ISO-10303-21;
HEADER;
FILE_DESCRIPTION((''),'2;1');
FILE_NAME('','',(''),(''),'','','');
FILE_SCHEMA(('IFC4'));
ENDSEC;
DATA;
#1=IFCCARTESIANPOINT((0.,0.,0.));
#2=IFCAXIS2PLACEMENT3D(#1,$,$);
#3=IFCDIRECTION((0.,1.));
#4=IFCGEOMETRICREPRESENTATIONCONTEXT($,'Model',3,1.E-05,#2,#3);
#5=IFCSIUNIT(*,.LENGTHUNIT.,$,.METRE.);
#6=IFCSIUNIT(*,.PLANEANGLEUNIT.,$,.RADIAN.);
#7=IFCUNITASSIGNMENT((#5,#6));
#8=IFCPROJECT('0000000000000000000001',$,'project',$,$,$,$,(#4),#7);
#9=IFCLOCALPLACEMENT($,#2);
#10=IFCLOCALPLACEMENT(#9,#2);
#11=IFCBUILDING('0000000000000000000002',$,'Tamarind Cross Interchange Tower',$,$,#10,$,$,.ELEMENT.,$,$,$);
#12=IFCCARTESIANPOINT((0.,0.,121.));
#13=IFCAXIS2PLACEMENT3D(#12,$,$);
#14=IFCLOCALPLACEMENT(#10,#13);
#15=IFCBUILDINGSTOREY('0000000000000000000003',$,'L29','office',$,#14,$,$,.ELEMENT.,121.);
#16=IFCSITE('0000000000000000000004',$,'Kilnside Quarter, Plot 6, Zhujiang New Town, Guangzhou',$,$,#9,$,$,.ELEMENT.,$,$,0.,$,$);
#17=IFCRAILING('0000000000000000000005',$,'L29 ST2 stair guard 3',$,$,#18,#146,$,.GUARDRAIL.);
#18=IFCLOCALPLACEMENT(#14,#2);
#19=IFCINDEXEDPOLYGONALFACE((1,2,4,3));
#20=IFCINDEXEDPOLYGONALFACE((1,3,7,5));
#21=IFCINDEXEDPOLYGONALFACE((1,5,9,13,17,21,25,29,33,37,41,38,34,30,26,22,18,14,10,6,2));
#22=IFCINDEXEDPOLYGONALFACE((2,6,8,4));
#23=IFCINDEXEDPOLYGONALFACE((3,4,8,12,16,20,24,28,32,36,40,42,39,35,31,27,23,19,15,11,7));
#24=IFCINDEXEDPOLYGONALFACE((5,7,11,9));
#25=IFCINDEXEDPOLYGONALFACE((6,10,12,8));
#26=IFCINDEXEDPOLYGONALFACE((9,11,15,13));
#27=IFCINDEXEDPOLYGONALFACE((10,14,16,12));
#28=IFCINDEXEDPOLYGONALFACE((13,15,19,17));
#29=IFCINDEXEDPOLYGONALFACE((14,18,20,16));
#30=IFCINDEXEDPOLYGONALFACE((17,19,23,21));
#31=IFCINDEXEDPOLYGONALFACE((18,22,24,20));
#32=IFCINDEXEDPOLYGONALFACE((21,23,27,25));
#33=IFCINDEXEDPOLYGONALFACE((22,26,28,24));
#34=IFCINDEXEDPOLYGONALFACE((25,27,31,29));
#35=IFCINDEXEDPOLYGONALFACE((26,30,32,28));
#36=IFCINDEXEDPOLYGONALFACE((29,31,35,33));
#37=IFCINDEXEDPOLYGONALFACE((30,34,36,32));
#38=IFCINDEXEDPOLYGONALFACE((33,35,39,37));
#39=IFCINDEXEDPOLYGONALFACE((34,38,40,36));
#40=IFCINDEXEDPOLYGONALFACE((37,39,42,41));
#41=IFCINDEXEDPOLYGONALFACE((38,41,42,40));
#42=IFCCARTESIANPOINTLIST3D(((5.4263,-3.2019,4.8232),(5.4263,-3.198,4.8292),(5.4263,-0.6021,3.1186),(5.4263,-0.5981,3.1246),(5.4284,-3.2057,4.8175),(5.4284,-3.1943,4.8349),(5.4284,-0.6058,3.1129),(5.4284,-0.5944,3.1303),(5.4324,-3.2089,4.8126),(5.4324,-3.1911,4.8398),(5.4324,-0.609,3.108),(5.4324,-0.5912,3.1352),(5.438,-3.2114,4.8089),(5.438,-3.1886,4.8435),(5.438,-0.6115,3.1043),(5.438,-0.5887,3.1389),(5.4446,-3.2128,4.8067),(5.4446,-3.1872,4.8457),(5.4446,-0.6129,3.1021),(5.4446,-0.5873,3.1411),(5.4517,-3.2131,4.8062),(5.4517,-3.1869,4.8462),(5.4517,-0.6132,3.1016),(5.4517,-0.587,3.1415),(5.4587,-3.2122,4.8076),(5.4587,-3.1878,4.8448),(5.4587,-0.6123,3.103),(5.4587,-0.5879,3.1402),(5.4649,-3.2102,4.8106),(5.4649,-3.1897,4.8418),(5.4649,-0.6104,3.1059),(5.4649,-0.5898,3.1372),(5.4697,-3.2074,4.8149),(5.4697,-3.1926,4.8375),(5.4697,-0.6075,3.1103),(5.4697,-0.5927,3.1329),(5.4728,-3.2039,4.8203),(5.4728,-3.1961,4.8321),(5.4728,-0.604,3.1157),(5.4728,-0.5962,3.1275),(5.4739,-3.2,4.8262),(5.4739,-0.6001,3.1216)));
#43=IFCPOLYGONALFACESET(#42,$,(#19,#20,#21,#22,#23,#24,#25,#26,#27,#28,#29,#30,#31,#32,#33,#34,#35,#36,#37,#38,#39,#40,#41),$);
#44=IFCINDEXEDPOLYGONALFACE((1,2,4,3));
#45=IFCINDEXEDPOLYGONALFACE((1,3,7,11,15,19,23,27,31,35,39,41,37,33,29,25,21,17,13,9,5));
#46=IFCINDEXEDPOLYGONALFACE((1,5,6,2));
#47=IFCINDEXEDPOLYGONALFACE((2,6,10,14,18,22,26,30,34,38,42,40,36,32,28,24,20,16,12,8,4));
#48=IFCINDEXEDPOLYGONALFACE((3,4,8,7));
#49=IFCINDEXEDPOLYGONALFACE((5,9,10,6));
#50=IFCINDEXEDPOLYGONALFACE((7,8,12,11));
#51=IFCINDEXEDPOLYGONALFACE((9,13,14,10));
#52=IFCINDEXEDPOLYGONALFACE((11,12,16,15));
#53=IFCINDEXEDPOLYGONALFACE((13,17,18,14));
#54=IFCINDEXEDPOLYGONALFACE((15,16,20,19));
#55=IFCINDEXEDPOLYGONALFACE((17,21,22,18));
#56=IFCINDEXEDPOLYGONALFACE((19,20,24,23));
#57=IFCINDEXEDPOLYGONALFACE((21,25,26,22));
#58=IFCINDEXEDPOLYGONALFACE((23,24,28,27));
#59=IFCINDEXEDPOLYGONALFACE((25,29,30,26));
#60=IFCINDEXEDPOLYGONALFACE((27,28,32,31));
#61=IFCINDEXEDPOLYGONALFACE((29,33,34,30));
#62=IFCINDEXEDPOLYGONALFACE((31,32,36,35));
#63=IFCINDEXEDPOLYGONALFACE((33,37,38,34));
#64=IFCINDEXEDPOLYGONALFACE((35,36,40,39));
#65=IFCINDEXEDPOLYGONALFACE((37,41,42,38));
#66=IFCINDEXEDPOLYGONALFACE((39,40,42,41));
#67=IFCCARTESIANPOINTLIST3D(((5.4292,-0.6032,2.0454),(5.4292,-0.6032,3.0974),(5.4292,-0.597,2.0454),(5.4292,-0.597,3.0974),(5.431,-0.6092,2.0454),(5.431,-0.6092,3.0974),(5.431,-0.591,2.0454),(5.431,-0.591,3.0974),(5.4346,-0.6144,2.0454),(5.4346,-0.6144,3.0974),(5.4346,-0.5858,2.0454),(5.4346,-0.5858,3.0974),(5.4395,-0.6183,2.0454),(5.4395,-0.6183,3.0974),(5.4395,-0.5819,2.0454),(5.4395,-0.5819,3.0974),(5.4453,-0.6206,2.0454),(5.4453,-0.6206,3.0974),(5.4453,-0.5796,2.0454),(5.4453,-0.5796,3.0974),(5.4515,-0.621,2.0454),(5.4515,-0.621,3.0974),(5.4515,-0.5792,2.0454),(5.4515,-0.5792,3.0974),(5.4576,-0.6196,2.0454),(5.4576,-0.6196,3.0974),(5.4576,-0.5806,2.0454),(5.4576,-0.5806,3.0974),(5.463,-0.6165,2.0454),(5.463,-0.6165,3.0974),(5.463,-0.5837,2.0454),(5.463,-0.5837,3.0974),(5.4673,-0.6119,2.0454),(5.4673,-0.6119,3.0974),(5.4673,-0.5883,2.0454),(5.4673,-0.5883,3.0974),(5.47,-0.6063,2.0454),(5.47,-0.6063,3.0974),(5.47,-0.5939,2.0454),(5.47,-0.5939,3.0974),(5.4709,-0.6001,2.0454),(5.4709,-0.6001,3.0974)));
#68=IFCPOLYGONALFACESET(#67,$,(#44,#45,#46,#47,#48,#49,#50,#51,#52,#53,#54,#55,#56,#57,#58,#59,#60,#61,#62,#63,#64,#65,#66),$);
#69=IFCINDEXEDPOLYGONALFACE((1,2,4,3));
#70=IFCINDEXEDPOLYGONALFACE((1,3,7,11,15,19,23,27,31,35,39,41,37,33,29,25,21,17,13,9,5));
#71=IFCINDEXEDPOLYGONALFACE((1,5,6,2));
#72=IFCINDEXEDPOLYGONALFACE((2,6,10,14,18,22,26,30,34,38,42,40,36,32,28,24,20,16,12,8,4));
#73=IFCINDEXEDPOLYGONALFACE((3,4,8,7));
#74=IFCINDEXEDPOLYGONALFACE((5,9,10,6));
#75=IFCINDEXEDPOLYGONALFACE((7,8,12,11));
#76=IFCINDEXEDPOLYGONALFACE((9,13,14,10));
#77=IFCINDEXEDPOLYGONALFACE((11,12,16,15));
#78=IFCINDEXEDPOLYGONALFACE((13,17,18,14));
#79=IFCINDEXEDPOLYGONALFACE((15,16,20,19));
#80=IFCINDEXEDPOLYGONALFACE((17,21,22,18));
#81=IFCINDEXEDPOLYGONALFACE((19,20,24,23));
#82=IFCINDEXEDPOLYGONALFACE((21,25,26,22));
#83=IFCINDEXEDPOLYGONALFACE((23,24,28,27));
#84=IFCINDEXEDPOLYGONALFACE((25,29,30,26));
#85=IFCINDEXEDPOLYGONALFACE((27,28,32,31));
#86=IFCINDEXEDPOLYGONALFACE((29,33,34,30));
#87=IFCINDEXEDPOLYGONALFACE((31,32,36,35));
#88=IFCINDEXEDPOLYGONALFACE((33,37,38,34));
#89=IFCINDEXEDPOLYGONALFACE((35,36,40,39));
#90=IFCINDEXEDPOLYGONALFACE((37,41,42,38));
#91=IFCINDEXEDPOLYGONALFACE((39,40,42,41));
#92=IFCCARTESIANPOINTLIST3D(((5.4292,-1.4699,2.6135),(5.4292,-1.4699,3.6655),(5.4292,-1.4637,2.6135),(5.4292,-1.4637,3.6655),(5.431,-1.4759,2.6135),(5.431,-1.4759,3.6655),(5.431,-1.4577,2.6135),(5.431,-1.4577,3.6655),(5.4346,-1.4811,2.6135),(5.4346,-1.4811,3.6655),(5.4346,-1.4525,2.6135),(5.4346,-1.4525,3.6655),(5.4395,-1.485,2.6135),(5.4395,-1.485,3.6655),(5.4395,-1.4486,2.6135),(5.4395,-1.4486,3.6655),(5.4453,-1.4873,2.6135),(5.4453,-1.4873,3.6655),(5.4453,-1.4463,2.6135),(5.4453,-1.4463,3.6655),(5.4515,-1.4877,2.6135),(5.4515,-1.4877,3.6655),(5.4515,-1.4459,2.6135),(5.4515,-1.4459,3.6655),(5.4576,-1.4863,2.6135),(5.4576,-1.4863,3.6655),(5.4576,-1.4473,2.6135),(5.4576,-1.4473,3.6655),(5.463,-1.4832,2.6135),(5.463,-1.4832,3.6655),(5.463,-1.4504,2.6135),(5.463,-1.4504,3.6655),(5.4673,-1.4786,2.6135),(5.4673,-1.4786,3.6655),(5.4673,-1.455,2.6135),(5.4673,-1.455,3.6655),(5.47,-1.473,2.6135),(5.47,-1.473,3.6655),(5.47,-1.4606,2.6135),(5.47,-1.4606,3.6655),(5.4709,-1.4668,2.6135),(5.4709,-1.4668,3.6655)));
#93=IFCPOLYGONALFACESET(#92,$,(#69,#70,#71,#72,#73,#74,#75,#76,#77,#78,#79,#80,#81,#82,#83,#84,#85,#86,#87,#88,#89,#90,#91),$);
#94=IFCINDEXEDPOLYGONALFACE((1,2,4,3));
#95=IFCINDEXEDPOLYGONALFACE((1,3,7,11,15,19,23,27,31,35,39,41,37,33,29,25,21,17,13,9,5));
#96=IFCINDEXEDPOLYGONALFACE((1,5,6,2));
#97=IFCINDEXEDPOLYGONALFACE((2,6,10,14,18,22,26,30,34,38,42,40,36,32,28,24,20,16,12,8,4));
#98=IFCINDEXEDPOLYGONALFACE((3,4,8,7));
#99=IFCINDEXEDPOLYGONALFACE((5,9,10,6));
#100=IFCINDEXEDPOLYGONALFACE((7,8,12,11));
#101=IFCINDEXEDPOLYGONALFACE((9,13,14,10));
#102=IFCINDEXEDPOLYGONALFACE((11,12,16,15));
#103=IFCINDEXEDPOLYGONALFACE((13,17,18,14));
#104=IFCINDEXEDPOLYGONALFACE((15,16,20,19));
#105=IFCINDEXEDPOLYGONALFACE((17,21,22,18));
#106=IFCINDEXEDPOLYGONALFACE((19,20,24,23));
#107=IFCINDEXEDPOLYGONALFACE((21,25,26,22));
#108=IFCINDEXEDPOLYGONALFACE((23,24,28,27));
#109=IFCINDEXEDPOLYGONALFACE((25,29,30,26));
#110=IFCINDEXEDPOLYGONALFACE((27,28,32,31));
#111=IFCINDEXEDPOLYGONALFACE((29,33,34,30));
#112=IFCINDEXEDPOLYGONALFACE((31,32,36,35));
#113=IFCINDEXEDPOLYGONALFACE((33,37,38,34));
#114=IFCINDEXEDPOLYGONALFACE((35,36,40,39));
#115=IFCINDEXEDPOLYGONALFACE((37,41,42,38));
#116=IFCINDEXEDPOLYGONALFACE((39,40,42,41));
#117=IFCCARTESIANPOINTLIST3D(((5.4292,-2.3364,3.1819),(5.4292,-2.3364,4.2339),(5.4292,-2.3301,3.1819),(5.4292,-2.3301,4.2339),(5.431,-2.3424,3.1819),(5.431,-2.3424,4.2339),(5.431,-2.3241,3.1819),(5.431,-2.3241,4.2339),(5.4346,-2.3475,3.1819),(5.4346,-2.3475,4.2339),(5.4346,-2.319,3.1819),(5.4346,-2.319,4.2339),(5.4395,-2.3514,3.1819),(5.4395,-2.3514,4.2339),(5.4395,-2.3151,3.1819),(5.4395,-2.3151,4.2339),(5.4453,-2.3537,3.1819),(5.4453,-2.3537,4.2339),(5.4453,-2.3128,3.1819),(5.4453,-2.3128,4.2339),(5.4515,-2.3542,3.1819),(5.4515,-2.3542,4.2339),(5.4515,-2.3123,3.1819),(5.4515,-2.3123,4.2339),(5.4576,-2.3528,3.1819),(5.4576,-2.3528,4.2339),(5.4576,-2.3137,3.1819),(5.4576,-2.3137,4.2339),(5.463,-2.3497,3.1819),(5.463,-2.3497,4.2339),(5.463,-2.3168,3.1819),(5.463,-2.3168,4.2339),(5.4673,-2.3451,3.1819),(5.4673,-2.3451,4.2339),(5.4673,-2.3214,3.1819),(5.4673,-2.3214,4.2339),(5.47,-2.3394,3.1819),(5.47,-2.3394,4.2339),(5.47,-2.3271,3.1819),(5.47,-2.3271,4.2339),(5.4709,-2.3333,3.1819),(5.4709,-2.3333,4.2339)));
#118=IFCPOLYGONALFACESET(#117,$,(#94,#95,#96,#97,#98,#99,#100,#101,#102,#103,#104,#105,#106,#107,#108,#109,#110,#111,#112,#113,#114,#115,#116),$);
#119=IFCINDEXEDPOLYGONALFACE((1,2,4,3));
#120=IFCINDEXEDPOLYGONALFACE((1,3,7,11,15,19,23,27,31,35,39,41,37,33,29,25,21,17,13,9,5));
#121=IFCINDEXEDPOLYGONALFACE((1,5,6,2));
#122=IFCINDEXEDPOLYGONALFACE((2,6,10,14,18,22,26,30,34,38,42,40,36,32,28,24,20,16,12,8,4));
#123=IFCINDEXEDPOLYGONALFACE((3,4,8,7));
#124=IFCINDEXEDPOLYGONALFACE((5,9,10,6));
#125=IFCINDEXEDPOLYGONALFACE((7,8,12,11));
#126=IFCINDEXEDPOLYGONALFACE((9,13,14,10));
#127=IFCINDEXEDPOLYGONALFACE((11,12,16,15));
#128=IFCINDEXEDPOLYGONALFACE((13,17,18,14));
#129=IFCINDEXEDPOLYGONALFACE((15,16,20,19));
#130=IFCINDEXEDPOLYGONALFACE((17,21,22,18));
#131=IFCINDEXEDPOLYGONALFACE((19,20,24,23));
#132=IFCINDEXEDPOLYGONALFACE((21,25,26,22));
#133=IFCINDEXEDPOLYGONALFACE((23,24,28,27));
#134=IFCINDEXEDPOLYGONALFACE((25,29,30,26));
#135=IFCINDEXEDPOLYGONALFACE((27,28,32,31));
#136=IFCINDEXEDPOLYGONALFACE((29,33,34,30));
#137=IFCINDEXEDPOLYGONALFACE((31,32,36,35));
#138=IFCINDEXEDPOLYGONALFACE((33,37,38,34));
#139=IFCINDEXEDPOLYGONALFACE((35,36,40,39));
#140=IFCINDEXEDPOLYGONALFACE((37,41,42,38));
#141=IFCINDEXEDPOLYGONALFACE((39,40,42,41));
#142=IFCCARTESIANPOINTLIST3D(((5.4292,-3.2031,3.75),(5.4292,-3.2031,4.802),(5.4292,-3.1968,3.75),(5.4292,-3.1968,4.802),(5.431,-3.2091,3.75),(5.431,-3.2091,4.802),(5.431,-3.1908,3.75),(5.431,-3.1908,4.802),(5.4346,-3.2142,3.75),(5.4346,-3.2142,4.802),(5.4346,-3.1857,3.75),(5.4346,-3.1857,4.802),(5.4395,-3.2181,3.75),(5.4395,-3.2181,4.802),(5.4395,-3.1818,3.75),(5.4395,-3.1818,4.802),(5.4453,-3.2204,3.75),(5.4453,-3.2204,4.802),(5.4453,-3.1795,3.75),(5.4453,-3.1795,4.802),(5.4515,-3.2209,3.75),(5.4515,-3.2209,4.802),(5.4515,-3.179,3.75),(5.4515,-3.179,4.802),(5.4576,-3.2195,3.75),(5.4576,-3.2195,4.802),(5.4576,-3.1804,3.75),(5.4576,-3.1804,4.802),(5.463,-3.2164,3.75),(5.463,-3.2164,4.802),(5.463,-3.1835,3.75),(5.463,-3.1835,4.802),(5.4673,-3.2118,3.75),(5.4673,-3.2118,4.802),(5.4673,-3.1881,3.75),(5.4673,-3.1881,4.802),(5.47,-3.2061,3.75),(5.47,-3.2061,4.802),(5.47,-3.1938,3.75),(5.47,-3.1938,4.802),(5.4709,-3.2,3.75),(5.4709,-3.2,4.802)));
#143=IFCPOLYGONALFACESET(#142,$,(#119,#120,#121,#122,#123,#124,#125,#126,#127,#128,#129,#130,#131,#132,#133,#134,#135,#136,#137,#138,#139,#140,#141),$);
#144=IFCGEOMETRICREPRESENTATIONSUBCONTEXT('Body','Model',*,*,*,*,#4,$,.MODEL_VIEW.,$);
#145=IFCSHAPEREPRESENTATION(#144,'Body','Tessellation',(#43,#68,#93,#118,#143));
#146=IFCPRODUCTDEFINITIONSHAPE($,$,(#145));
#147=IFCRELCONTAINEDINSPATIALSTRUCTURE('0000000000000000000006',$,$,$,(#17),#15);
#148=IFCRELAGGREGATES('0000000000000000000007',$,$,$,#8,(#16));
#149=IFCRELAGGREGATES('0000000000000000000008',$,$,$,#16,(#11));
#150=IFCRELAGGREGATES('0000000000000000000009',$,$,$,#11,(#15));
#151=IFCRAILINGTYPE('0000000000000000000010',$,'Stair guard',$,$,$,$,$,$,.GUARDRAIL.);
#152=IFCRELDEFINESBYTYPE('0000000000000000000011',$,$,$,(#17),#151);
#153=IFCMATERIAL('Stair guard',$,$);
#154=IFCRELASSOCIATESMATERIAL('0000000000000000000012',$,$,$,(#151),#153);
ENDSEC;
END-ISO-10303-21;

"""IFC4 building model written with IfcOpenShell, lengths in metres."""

from ifc_helpers import new_model, si_unit, direction, frame, origin, origin_2d, place, context, subcontext, project, spatial, circle, extrude, material, type_object, element, save


model = new_model("IFC4")

# Units and contexts
model_context = context("Model", 3, precision=1e-05, world=origin(), true_north=direction((0.0, 1.0)))
body_context = subcontext(model_context, "Body", "Model", "MODEL_VIEW")
ifc_project = project(units=[si_unit("LENGTHUNIT", "METRE"), si_unit("PLANEANGLEUNIT", "RADIAN")], contexts=[model_context])

# Site, building, storey
site_placement = place(None, origin())
site = spatial("IfcSite", under=ifc_project, at=site_placement, Name="Kilnside Quarter, Plot 6, Zhujiang New Town, Guangzhou", CompositionType="ELEMENT", RefElevation=0.0)
building_placement = place(site_placement, origin())
building = spatial("IfcBuilding", under=site, at=building_placement, Name="Tamarind Cross Interchange Tower", CompositionType="ELEMENT")
storey_placement = place(building_placement, frame((0.0, 0.0, 121.0)))
storey = spatial("IfcBuildingStorey", under=building, at=storey_placement, Name="L29", Description="office", CompositionType="ELEMENT", Elevation=121.0)

# Railing
ifc_material_1 = material(Name="Stair guard")
railing_type_1 = type_object("IfcRailingType", Name="Stair guard", PredefinedType="GUARDRAIL", material=ifc_material_1)
railing_1_placement = place(storey_placement, frame((5.45, -0.6001, 2.0454)))
element("IfcRailing", 1, at=railing_1_placement, inside=storey, type_object=railing_type_1, Name="L29 ST2 stair guard 3", PredefinedType="GUARDRAIL", context=body_context, shape_type="SweptSolid", body=[
    extrude(circle(Radius=0.0239, at=origin_2d()), frame((0.0, 0.0, 1.0762), z_axis=(0.0, -0.836279, 0.548305), x_axis=(1.0, 0.0, 0.0)), (0.0, 0.0, 1.0), 3.1089),
    extrude(circle(Radius=0.021, at=origin_2d()), origin(), (0.0, 0.0, 1.0), 1.052),
    extrude(circle(Radius=0.021, at=origin_2d()), frame((0.0, -0.8667, 0.5681)), (0.0, 0.0, 1.0), 1.052),
    extrude(circle(Radius=0.021, at=origin_2d()), frame((0.0, -1.7332, 1.1365)), (0.0, 0.0, 1.0), 1.052),
    extrude(circle(Radius=0.021, at=origin_2d()), frame((0.0, -2.5999, 1.7046)), (0.0, 0.0, 1.0), 1.052),
])

save(model, "model.ifc")
